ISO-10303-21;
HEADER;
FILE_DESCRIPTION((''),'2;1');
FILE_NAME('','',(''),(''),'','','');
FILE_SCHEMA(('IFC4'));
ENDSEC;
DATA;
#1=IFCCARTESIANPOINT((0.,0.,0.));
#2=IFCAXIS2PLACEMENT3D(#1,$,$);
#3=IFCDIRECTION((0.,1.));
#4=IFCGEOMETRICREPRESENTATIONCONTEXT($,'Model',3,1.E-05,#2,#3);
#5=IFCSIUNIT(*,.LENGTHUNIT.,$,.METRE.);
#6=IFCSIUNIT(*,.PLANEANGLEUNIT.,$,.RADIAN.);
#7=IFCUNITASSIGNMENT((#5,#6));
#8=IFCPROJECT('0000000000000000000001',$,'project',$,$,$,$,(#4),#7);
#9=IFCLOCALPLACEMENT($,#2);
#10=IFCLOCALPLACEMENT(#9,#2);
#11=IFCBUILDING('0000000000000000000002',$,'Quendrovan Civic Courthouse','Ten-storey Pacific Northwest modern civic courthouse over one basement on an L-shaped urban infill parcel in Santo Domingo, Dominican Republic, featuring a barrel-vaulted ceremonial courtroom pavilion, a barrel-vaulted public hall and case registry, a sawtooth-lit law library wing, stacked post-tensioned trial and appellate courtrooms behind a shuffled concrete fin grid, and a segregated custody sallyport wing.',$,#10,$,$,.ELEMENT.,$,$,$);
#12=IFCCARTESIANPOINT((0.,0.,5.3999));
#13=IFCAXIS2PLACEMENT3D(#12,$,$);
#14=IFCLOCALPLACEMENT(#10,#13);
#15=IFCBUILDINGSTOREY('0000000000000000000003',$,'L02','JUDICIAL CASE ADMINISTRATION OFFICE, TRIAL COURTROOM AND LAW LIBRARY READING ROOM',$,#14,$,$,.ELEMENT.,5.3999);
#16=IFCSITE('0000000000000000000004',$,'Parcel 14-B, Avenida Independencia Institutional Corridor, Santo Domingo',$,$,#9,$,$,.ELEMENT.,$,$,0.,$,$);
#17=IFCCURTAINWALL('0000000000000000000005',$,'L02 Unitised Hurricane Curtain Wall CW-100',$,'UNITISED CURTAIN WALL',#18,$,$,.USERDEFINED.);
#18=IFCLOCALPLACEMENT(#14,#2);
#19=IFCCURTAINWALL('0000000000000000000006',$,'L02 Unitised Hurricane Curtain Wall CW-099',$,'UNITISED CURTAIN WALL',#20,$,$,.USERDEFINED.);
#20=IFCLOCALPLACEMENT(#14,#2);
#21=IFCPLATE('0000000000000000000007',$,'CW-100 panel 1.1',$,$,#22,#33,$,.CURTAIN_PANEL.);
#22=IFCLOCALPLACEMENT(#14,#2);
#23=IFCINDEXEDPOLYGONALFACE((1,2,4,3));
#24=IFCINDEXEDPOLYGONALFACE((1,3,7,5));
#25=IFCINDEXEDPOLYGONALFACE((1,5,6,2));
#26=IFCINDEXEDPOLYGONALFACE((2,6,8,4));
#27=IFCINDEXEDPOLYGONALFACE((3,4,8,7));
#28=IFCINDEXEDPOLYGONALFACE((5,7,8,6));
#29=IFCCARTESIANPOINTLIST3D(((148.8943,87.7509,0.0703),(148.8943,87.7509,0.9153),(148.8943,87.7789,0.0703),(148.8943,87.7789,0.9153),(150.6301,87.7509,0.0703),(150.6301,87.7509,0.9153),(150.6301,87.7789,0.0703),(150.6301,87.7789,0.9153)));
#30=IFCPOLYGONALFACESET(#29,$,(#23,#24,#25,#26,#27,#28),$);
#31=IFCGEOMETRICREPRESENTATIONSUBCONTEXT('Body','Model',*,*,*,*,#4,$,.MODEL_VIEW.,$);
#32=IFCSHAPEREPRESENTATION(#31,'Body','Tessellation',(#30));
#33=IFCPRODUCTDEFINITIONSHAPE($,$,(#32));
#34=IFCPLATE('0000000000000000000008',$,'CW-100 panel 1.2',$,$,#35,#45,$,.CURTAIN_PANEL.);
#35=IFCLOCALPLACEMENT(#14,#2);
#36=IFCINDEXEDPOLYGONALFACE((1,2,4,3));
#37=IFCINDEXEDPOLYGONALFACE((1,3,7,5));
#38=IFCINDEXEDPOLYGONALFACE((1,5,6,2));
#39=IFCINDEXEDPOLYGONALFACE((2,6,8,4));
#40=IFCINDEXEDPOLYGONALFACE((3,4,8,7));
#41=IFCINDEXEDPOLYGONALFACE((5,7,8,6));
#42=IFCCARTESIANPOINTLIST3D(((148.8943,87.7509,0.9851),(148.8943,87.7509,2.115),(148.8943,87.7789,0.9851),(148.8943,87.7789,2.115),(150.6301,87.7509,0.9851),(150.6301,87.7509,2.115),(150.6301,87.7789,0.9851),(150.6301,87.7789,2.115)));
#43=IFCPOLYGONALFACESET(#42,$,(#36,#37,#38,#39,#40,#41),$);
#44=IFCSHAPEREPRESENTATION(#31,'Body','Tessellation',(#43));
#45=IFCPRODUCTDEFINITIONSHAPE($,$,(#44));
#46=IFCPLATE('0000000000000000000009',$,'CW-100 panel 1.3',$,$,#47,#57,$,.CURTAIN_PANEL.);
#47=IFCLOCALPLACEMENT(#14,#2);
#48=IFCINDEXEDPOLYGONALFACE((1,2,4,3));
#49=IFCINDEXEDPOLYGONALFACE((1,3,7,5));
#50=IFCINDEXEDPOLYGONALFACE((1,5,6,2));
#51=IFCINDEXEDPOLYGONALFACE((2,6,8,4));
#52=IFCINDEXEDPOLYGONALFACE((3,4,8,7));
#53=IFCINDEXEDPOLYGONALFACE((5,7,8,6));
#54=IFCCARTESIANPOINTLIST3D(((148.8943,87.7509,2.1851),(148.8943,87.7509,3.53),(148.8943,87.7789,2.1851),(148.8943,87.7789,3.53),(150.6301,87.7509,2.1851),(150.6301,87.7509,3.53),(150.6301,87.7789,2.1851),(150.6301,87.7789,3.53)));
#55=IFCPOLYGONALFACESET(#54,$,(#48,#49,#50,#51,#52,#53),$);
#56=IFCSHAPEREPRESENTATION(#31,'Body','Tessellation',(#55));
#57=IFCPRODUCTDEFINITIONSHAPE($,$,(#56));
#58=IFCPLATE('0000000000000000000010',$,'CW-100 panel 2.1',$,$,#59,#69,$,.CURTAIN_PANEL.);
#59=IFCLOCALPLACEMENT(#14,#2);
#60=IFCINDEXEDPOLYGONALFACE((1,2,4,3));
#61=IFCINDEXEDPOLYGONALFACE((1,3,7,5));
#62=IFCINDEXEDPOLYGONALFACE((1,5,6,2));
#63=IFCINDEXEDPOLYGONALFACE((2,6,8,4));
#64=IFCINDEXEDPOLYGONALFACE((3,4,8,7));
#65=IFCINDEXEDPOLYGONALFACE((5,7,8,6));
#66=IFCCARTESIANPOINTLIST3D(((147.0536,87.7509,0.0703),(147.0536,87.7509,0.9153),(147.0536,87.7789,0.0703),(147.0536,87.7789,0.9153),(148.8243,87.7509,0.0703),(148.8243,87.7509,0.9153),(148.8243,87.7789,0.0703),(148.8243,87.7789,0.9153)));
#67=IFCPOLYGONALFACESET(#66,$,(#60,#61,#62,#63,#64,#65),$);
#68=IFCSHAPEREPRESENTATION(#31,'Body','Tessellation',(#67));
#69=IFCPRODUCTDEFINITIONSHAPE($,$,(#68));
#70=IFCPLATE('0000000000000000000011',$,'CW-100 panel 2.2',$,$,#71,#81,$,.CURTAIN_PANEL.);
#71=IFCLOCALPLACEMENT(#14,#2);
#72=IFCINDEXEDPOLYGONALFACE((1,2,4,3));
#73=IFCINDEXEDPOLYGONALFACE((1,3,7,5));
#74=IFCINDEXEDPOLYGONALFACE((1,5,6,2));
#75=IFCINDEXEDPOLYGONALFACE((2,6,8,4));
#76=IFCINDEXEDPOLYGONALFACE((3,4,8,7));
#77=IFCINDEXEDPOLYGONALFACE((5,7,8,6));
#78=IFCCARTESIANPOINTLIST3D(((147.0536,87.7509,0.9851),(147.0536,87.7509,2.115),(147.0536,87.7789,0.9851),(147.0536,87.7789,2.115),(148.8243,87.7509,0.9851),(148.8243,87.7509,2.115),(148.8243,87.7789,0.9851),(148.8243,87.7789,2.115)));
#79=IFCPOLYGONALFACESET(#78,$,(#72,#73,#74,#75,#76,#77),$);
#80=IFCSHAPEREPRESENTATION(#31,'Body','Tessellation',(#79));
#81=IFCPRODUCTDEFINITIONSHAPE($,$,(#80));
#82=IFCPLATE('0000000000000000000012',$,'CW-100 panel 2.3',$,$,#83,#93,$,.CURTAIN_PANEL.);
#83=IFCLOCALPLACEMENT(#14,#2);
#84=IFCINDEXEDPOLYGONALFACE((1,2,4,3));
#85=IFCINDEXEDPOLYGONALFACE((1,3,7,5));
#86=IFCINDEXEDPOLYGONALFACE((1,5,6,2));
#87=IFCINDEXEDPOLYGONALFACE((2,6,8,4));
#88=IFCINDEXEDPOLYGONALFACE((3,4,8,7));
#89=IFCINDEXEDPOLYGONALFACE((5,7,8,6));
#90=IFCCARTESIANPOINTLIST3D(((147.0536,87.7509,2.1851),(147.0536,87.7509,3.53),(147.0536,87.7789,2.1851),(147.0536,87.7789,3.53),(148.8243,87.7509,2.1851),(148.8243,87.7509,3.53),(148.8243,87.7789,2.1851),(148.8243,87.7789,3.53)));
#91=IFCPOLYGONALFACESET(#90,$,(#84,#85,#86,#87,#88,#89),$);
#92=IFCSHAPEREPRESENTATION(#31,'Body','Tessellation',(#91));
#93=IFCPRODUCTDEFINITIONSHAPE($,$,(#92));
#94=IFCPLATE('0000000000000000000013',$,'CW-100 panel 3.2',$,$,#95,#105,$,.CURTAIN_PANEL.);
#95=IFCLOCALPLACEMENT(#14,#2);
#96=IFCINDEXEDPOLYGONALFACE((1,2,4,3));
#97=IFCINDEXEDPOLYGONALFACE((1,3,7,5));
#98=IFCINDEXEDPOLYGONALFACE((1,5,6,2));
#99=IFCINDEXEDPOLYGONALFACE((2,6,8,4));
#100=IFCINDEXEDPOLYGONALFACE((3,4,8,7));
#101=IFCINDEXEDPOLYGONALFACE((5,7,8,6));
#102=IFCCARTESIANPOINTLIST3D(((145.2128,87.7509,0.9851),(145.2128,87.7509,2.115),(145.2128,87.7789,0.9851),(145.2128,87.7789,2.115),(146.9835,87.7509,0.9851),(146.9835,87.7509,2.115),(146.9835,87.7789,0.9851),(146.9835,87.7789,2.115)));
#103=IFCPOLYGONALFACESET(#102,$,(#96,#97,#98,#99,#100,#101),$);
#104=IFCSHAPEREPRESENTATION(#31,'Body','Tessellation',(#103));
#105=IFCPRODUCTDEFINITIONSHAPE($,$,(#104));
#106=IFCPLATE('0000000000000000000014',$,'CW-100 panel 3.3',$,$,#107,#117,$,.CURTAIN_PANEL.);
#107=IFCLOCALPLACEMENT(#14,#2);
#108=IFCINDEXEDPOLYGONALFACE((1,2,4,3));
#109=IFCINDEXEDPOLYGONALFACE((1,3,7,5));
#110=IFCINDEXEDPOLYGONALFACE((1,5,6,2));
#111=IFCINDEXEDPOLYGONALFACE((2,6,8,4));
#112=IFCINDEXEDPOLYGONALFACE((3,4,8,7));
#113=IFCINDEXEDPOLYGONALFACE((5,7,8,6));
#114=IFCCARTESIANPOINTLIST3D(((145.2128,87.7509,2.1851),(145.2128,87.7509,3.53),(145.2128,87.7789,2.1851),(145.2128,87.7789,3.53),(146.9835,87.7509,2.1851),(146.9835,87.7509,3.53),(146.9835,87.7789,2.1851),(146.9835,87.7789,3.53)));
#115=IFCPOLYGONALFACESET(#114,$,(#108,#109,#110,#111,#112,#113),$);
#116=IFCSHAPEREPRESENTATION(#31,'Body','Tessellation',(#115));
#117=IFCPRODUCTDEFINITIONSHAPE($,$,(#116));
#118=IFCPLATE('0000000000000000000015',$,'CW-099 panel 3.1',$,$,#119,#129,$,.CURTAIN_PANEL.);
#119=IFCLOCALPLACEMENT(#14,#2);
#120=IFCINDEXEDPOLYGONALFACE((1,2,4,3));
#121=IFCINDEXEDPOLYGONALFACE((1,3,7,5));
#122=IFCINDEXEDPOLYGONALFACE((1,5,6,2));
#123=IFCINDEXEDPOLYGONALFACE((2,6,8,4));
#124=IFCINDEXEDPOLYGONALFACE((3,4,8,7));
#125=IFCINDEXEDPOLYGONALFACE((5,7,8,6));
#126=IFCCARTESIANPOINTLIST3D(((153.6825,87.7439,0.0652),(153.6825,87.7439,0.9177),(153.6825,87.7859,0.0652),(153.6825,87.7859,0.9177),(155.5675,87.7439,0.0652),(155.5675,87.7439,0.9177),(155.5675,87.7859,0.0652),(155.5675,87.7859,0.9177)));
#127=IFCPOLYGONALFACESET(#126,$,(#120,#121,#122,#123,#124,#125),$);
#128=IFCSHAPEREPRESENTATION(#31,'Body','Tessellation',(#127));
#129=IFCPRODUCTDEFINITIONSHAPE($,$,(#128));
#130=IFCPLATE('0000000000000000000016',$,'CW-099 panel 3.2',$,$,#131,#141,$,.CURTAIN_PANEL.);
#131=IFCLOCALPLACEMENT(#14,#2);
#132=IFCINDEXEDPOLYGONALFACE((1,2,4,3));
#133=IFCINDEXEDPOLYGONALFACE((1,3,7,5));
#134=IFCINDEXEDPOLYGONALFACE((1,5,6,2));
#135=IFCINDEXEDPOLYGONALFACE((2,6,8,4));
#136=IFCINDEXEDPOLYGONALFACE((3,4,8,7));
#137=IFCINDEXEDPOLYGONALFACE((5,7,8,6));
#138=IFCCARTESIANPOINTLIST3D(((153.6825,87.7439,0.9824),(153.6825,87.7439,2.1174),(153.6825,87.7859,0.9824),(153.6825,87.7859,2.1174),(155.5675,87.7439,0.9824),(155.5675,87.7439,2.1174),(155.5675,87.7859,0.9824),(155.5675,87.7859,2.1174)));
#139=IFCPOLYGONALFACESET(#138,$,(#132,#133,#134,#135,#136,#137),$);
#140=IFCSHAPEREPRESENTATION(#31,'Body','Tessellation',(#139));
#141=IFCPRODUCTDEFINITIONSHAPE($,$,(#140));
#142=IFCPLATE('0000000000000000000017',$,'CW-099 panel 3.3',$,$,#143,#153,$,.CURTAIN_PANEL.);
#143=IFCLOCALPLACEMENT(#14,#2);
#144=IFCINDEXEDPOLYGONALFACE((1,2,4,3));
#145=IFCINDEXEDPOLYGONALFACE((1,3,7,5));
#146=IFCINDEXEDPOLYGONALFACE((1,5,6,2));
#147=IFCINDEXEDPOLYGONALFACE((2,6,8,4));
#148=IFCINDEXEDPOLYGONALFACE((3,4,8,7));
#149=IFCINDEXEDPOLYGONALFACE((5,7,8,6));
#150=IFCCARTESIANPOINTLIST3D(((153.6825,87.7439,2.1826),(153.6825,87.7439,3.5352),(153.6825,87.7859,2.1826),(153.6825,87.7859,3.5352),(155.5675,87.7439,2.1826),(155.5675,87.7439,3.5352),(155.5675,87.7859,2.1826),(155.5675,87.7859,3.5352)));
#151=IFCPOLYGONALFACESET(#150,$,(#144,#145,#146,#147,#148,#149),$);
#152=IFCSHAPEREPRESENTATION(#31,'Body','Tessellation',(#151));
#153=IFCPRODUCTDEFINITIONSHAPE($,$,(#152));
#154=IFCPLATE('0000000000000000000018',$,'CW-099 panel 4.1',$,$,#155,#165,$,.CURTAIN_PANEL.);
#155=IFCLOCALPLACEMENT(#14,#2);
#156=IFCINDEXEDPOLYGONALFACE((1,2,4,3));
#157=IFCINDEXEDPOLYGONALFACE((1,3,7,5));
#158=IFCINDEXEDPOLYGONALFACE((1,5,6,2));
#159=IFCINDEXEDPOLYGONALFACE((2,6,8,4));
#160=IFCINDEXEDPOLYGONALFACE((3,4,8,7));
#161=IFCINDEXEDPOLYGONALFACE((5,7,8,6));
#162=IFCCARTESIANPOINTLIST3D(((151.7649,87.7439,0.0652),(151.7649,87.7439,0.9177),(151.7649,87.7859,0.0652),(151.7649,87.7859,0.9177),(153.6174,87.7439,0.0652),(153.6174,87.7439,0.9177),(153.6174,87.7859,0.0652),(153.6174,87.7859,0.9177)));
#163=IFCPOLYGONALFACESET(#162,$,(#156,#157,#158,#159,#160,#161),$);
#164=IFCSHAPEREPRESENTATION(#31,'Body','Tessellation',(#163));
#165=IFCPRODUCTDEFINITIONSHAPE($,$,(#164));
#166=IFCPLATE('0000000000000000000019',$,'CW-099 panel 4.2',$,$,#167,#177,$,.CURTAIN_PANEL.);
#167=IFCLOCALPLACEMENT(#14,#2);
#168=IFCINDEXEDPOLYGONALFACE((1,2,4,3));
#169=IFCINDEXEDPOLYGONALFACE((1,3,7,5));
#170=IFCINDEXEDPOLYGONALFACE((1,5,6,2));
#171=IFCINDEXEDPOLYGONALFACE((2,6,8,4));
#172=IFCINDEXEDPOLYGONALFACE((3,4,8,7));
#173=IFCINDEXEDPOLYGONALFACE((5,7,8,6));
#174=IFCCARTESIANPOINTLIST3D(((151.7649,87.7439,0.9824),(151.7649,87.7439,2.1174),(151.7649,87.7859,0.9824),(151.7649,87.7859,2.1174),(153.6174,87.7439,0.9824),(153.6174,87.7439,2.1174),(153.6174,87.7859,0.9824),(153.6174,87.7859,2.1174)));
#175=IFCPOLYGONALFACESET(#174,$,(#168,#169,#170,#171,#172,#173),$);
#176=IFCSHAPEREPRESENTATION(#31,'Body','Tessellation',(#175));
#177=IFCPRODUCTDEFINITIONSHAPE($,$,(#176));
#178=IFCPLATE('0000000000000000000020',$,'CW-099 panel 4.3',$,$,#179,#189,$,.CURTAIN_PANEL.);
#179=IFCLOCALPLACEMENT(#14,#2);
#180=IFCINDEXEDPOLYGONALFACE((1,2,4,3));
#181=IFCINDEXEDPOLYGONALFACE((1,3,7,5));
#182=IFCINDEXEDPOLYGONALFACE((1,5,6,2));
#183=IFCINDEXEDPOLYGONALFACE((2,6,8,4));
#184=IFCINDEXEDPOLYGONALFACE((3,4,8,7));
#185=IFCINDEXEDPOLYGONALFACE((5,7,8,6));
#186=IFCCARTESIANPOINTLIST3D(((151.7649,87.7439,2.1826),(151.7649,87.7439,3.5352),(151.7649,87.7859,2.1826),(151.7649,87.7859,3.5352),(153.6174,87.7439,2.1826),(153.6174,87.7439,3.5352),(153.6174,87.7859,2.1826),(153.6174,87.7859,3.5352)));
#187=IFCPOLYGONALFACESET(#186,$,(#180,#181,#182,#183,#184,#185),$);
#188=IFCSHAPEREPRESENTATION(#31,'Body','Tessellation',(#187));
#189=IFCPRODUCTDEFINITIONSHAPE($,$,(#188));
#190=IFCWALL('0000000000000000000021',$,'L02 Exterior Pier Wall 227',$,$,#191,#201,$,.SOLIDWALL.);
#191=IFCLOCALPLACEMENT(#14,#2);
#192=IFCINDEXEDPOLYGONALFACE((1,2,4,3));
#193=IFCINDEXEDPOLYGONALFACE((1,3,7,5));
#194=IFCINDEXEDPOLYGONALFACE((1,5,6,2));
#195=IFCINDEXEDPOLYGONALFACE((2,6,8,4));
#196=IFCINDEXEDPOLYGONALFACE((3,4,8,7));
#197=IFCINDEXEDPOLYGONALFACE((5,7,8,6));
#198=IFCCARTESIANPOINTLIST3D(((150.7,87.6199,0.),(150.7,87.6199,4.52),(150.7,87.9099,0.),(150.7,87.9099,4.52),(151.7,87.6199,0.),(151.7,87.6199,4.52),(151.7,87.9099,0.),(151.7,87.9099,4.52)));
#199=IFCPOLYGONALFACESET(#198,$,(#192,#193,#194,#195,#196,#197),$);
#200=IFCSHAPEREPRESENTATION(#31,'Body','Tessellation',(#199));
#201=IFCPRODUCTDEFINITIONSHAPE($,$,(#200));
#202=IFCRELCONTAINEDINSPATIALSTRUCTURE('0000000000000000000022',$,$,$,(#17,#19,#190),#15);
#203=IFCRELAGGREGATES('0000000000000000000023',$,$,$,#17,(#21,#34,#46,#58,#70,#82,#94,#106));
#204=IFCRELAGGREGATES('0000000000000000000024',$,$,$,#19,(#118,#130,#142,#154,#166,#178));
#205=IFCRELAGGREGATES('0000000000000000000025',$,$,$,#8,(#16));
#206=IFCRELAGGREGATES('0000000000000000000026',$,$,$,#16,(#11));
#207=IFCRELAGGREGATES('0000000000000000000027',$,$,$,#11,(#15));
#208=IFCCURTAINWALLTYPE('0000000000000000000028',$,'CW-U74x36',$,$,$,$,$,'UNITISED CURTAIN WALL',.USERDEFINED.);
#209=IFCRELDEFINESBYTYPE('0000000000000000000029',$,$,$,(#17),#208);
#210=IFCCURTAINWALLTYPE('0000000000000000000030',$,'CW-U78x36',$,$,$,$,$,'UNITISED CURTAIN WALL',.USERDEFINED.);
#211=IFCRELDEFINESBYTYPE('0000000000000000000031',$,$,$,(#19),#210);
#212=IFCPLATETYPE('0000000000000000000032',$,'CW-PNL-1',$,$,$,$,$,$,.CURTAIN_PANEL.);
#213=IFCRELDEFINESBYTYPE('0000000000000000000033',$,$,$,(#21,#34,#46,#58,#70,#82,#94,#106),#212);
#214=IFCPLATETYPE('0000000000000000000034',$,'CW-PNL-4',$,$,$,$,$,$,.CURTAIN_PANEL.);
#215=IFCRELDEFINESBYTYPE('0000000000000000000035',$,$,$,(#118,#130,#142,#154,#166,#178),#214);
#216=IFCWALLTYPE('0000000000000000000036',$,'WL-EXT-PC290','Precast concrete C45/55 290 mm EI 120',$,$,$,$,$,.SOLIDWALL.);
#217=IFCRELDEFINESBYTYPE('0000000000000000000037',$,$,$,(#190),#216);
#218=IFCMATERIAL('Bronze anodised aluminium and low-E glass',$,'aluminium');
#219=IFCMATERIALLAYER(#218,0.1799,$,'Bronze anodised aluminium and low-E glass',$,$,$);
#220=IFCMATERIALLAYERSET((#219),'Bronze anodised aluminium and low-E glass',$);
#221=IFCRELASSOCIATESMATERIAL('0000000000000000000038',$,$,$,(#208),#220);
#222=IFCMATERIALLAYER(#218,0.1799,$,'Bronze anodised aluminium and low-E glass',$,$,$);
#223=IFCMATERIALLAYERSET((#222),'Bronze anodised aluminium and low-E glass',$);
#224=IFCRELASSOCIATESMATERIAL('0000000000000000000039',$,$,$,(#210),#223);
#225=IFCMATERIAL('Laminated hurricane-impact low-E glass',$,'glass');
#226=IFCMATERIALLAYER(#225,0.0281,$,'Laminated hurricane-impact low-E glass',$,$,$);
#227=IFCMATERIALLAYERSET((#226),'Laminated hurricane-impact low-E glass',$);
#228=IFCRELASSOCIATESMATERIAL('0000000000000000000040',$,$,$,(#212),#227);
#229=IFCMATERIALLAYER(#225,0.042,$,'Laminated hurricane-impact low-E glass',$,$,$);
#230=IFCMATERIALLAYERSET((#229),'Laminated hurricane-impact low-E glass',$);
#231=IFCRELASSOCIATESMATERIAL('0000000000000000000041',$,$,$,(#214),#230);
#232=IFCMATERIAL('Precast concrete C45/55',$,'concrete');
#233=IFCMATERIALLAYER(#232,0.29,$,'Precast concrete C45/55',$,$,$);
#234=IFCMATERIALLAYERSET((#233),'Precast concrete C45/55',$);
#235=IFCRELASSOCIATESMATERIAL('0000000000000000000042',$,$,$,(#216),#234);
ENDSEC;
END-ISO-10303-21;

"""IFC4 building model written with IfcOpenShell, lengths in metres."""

from ifc_helpers import new_model, si_unit, direction, frame, frame_2d, origin, origin_2d, place, context, subcontext, project, spatial, rectangle, extrude, material, layer, layer_set, type_object, element, aggregate, save


model = new_model("IFC4")

# Units and contexts
model_context = context("Model", 3, precision=1e-05, world=origin(), true_north=direction((0.0, 1.0)))
body_context = subcontext(model_context, "Body", "Model", "MODEL_VIEW")
ifc_project = project(units=[si_unit("LENGTHUNIT", "METRE"), si_unit("PLANEANGLEUNIT", "RADIAN")], contexts=[model_context])

# Site, building, storey
site_placement = place(None, origin())
site = spatial("IfcSite", under=ifc_project, at=site_placement, Name="Parcel 14-B, Avenida Independencia Institutional Corridor, Santo Domingo", CompositionType="ELEMENT", RefElevation=0.0)
building_placement = place(site_placement, origin())
building = spatial("IfcBuilding", under=site, at=building_placement, Name="Quendrovan Civic Courthouse", Description="Ten-storey Pacific Northwest modern civic courthouse over one basement on an L-shaped urban infill parcel in Santo Domingo, Dominican Republic, featuring a barrel-vaulted ceremonial courtroom pavilion, a barrel-vaulted public hall and case registry, a sawtooth-lit law library wing, stacked post-tensioned trial and appellate courtrooms behind a shuffled concrete fin grid, and a segregated custody sallyport wing.", CompositionType="ELEMENT")
storey_placement = place(building_placement, frame((0.0, 0.0, 5.3999)))
storey = spatial("IfcBuildingStorey", under=building, at=storey_placement, Name="L02", Description="JUDICIAL CASE ADMINISTRATION OFFICE, TRIAL COURTROOM AND LAW LIBRARY READING ROOM", CompositionType="ELEMENT", Elevation=5.3999)

# Curtain walls
ifc_material_1 = material(Name="Bronze anodised aluminium and low-E glass", Category="aluminium")
ifc_layer_1 = layer(ifc_material_1, 0.1799, Name="Bronze anodised aluminium and low-E glass")
ifc_layer_set_1 = layer_set([ifc_layer_1], Name="Bronze anodised aluminium and low-E glass")
curtain_wall_type_1 = type_object("IfcCurtainWallType", Name="CW-U74x36", ElementType="UNITISED CURTAIN WALL", PredefinedType="USERDEFINED", material=ifc_layer_set_1)
curtain_wall_1_placement = place(storey_placement, origin())
curtain_wall_1 = element("IfcCurtainWall", 1, at=curtain_wall_1_placement, inside=storey, type_object=curtain_wall_type_1, Name="L02 Unitised Hurricane Curtain Wall CW-100", ObjectType="UNITISED CURTAIN WALL", PredefinedType="USERDEFINED")
ifc_layer_2 = layer(ifc_material_1, 0.1799, Name="Bronze anodised aluminium and low-E glass")
ifc_layer_set_2 = layer_set([ifc_layer_2], Name="Bronze anodised aluminium and low-E glass")
curtain_wall_type_2 = type_object("IfcCurtainWallType", Name="CW-U78x36", ElementType="UNITISED CURTAIN WALL", PredefinedType="USERDEFINED", material=ifc_layer_set_2)
curtain_wall_2_placement = place(storey_placement, origin())
curtain_wall_2 = element("IfcCurtainWall", 2, at=curtain_wall_2_placement, inside=storey, type_object=curtain_wall_type_2, Name="L02 Unitised Hurricane Curtain Wall CW-099", ObjectType="UNITISED CURTAIN WALL", PredefinedType="USERDEFINED")

# Plates
ifc_material_2 = material(Name="Laminated hurricane-impact low-E glass", Category="glass")
ifc_layer_3 = layer(ifc_material_2, 0.0281, Name="Laminated hurricane-impact low-E glass")
ifc_layer_set_3 = layer_set([ifc_layer_3], Name="Laminated hurricane-impact low-E glass")
plate_type_1 = type_object("IfcPlateType", Name="CW-PNL-1", PredefinedType="CURTAIN_PANEL", material=ifc_layer_set_3)
plate_1_placement = place(storey_placement, frame((149.7622, 87.7649, 0.0703), z_axis=(0.0, 0.0, 1.0), x_axis=(-1.0, 0.0, 0.0)))
plate_1 = element("IfcPlate", 3, at=plate_1_placement, type_object=plate_type_1, Name="CW-100 panel 1.1", PredefinedType="CURTAIN_PANEL", context=body_context, shape_type="SweptSolid", body=[
    extrude(rectangle(XDim=1.7358, YDim=0.0281, at=origin_2d()), origin(), (0.0, 0.0, 1.0), 0.845),
])
plate_2_placement = place(storey_placement, frame((149.7622, 87.7649, 0.9851), z_axis=(0.0, 0.0, 1.0), x_axis=(-1.0, 0.0, 0.0)))
plate_2 = element("IfcPlate", 4, at=plate_2_placement, type_object=plate_type_1, Name="CW-100 panel 1.2", PredefinedType="CURTAIN_PANEL", context=body_context, shape_type="SweptSolid", body=[
    extrude(rectangle(XDim=1.7358, YDim=0.0281, at=origin_2d()), origin(), (0.0, 0.0, 1.0), 1.1299),
])
plate_3_placement = place(storey_placement, frame((149.7622, 87.7649, 2.1851), z_axis=(0.0, 0.0, 1.0), x_axis=(-1.0, 0.0, 0.0)))
plate_3 = element("IfcPlate", 5, at=plate_3_placement, type_object=plate_type_1, Name="CW-100 panel 1.3", PredefinedType="CURTAIN_PANEL", context=body_context, shape_type="SweptSolid", body=[
    extrude(rectangle(XDim=1.7358, YDim=0.0281, at=origin_2d()), origin(), (0.0, 0.0, 1.0), 1.345),
])
plate_4_placement = place(storey_placement, frame((147.939, 87.7649, 0.0703), z_axis=(0.0, 0.0, 1.0), x_axis=(-1.0, 0.0, 0.0)))
plate_4 = element("IfcPlate", 6, at=plate_4_placement, type_object=plate_type_1, Name="CW-100 panel 2.1", PredefinedType="CURTAIN_PANEL", context=body_context, shape_type="SweptSolid", body=[
    extrude(rectangle(XDim=1.7708, YDim=0.0281, at=origin_2d()), origin(), (0.0, 0.0, 1.0), 0.845),
])
plate_5_placement = place(storey_placement, frame((147.939, 87.7649, 0.9851), z_axis=(0.0, 0.0, 1.0), x_axis=(-1.0, 0.0, 0.0)))
plate_5 = element("IfcPlate", 7, at=plate_5_placement, type_object=plate_type_1, Name="CW-100 panel 2.2", PredefinedType="CURTAIN_PANEL", context=body_context, shape_type="SweptSolid", body=[
    extrude(rectangle(XDim=1.7708, YDim=0.0281, at=origin_2d()), origin(), (0.0, 0.0, 1.0), 1.1299),
])
plate_6_placement = place(storey_placement, frame((147.939, 87.7649, 2.1851), z_axis=(0.0, 0.0, 1.0), x_axis=(-1.0, 0.0, 0.0)))
plate_6 = element("IfcPlate", 8, at=plate_6_placement, type_object=plate_type_1, Name="CW-100 panel 2.3", PredefinedType="CURTAIN_PANEL", context=body_context, shape_type="SweptSolid", body=[
    extrude(rectangle(XDim=1.7708, YDim=0.0281, at=origin_2d()), origin(), (0.0, 0.0, 1.0), 1.345),
])
plate_7_placement = place(storey_placement, frame((146.0981, 87.7649, 0.9851), z_axis=(0.0, 0.0, 1.0), x_axis=(-1.0, 0.0, 0.0)))
plate_7 = element("IfcPlate", 9, at=plate_7_placement, type_object=plate_type_1, Name="CW-100 panel 3.2", PredefinedType="CURTAIN_PANEL", context=body_context, shape_type="SweptSolid", body=[
    extrude(rectangle(XDim=1.7708, YDim=0.0281, at=origin_2d()), origin(), (0.0, 0.0, 1.0), 1.1299),
])
plate_8_placement = place(storey_placement, frame((146.0981, 87.7649, 2.1851), z_axis=(0.0, 0.0, 1.0), x_axis=(-1.0, 0.0, 0.0)))
plate_8 = element("IfcPlate", 10, at=plate_8_placement, type_object=plate_type_1, Name="CW-100 panel 3.3", PredefinedType="CURTAIN_PANEL", context=body_context, shape_type="SweptSolid", body=[
    extrude(rectangle(XDim=1.7708, YDim=0.0281, at=origin_2d()), origin(), (0.0, 0.0, 1.0), 1.345),
])
aggregate(curtain_wall_1, [plate_1, plate_2, plate_3, plate_4, plate_5, plate_6, plate_7, plate_8])
ifc_layer_4 = layer(ifc_material_2, 0.042, Name="Laminated hurricane-impact low-E glass")
ifc_layer_set_4 = layer_set([ifc_layer_4], Name="Laminated hurricane-impact low-E glass")
plate_type_2 = type_object("IfcPlateType", Name="CW-PNL-4", PredefinedType="CURTAIN_PANEL", material=ifc_layer_set_4)
plate_9_placement = place(storey_placement, frame((154.625, 87.7649, 0.0652), z_axis=(0.0, 0.0, 1.0), x_axis=(-1.0, 0.0, 0.0)))
plate_9 = element("IfcPlate", 11, at=plate_9_placement, type_object=plate_type_2, Name="CW-099 panel 3.1", PredefinedType="CURTAIN_PANEL", context=body_context, shape_type="SweptSolid", body=[
    extrude(rectangle(XDim=1.885, YDim=0.042, at=origin_2d()), origin(), (0.0, 0.0, 1.0), 0.8525),
])
plate_10_placement = place(storey_placement, frame((154.625, 87.7649, 0.9824), z_axis=(0.0, 0.0, 1.0), x_axis=(-1.0, 0.0, 0.0)))
plate_10 = element("IfcPlate", 12, at=plate_10_placement, type_object=plate_type_2, Name="CW-099 panel 3.2", PredefinedType="CURTAIN_PANEL", context=body_context, shape_type="SweptSolid", body=[
    extrude(rectangle(XDim=1.885, YDim=0.042, at=origin_2d()), origin(), (0.0, 0.0, 1.0), 1.135),
])
plate_11_placement = place(storey_placement, frame((154.625, 87.7649, 2.1826), z_axis=(0.0, 0.0, 1.0), x_axis=(-1.0, 0.0, 0.0)))
plate_11 = element("IfcPlate", 13, at=plate_11_placement, type_object=plate_type_2, Name="CW-099 panel 3.3", PredefinedType="CURTAIN_PANEL", context=body_context, shape_type="SweptSolid", body=[
    extrude(rectangle(XDim=1.885, YDim=0.042, at=origin_2d()), origin(), (0.0, 0.0, 1.0), 1.3525),
])
plate_12_placement = place(storey_placement, frame((152.6912, 87.7649, 0.0652), z_axis=(0.0, 0.0, 1.0), x_axis=(-1.0, 0.0, 0.0)))
plate_12 = element("IfcPlate", 14, at=plate_12_placement, type_object=plate_type_2, Name="CW-099 panel 4.1", PredefinedType="CURTAIN_PANEL", context=body_context, shape_type="SweptSolid", body=[
    extrude(rectangle(XDim=1.8525, YDim=0.042, at=origin_2d()), origin(), (0.0, 0.0, 1.0), 0.8525),
])
plate_13_placement = place(storey_placement, frame((152.6912, 87.7649, 0.9824), z_axis=(0.0, 0.0, 1.0), x_axis=(-1.0, 0.0, 0.0)))
plate_13 = element("IfcPlate", 15, at=plate_13_placement, type_object=plate_type_2, Name="CW-099 panel 4.2", PredefinedType="CURTAIN_PANEL", context=body_context, shape_type="SweptSolid", body=[
    extrude(rectangle(XDim=1.8525, YDim=0.042, at=origin_2d()), origin(), (0.0, 0.0, 1.0), 1.135),
])
plate_14_placement = place(storey_placement, frame((152.6912, 87.7649, 2.1826), z_axis=(0.0, 0.0, 1.0), x_axis=(-1.0, 0.0, 0.0)))
plate_14 = element("IfcPlate", 16, at=plate_14_placement, type_object=plate_type_2, Name="CW-099 panel 4.3", PredefinedType="CURTAIN_PANEL", context=body_context, shape_type="SweptSolid", body=[
    extrude(rectangle(XDim=1.8525, YDim=0.042, at=origin_2d()), origin(), (0.0, 0.0, 1.0), 1.3525),
])
aggregate(curtain_wall_2, [plate_9, plate_10, plate_11, plate_12, plate_13, plate_14])

# Wall
ifc_material_3 = material(Name="Precast concrete C45/55", Category="concrete")
ifc_layer_5 = layer(ifc_material_3, 0.29, Name="Precast concrete C45/55")
ifc_layer_set_5 = layer_set([ifc_layer_5], Name="Precast concrete C45/55")
wall_type = type_object("IfcWallType", Name="WL-EXT-PC290", Description="Precast concrete C45/55 290 mm EI 120", PredefinedType="SOLIDWALL", material=ifc_layer_set_5)
wall_placement = place(storey_placement, frame((151.7, 87.7649, 0.0), z_axis=(0.0, 0.0, 1.0), x_axis=(-1.0, 0.0, 0.0)))
element("IfcWall", 17, at=wall_placement, inside=storey, type_object=wall_type, Name="L02 Exterior Pier Wall 227", PredefinedType="SOLIDWALL", context=body_context, shape_type="SweptSolid", body=[
    extrude(rectangle(XDim=1.0, YDim=0.29, at=frame_2d((0.5, 0.0))), origin(), (0.0, 0.0, 1.0), 4.52),
])

save(model, "model.ifc")
